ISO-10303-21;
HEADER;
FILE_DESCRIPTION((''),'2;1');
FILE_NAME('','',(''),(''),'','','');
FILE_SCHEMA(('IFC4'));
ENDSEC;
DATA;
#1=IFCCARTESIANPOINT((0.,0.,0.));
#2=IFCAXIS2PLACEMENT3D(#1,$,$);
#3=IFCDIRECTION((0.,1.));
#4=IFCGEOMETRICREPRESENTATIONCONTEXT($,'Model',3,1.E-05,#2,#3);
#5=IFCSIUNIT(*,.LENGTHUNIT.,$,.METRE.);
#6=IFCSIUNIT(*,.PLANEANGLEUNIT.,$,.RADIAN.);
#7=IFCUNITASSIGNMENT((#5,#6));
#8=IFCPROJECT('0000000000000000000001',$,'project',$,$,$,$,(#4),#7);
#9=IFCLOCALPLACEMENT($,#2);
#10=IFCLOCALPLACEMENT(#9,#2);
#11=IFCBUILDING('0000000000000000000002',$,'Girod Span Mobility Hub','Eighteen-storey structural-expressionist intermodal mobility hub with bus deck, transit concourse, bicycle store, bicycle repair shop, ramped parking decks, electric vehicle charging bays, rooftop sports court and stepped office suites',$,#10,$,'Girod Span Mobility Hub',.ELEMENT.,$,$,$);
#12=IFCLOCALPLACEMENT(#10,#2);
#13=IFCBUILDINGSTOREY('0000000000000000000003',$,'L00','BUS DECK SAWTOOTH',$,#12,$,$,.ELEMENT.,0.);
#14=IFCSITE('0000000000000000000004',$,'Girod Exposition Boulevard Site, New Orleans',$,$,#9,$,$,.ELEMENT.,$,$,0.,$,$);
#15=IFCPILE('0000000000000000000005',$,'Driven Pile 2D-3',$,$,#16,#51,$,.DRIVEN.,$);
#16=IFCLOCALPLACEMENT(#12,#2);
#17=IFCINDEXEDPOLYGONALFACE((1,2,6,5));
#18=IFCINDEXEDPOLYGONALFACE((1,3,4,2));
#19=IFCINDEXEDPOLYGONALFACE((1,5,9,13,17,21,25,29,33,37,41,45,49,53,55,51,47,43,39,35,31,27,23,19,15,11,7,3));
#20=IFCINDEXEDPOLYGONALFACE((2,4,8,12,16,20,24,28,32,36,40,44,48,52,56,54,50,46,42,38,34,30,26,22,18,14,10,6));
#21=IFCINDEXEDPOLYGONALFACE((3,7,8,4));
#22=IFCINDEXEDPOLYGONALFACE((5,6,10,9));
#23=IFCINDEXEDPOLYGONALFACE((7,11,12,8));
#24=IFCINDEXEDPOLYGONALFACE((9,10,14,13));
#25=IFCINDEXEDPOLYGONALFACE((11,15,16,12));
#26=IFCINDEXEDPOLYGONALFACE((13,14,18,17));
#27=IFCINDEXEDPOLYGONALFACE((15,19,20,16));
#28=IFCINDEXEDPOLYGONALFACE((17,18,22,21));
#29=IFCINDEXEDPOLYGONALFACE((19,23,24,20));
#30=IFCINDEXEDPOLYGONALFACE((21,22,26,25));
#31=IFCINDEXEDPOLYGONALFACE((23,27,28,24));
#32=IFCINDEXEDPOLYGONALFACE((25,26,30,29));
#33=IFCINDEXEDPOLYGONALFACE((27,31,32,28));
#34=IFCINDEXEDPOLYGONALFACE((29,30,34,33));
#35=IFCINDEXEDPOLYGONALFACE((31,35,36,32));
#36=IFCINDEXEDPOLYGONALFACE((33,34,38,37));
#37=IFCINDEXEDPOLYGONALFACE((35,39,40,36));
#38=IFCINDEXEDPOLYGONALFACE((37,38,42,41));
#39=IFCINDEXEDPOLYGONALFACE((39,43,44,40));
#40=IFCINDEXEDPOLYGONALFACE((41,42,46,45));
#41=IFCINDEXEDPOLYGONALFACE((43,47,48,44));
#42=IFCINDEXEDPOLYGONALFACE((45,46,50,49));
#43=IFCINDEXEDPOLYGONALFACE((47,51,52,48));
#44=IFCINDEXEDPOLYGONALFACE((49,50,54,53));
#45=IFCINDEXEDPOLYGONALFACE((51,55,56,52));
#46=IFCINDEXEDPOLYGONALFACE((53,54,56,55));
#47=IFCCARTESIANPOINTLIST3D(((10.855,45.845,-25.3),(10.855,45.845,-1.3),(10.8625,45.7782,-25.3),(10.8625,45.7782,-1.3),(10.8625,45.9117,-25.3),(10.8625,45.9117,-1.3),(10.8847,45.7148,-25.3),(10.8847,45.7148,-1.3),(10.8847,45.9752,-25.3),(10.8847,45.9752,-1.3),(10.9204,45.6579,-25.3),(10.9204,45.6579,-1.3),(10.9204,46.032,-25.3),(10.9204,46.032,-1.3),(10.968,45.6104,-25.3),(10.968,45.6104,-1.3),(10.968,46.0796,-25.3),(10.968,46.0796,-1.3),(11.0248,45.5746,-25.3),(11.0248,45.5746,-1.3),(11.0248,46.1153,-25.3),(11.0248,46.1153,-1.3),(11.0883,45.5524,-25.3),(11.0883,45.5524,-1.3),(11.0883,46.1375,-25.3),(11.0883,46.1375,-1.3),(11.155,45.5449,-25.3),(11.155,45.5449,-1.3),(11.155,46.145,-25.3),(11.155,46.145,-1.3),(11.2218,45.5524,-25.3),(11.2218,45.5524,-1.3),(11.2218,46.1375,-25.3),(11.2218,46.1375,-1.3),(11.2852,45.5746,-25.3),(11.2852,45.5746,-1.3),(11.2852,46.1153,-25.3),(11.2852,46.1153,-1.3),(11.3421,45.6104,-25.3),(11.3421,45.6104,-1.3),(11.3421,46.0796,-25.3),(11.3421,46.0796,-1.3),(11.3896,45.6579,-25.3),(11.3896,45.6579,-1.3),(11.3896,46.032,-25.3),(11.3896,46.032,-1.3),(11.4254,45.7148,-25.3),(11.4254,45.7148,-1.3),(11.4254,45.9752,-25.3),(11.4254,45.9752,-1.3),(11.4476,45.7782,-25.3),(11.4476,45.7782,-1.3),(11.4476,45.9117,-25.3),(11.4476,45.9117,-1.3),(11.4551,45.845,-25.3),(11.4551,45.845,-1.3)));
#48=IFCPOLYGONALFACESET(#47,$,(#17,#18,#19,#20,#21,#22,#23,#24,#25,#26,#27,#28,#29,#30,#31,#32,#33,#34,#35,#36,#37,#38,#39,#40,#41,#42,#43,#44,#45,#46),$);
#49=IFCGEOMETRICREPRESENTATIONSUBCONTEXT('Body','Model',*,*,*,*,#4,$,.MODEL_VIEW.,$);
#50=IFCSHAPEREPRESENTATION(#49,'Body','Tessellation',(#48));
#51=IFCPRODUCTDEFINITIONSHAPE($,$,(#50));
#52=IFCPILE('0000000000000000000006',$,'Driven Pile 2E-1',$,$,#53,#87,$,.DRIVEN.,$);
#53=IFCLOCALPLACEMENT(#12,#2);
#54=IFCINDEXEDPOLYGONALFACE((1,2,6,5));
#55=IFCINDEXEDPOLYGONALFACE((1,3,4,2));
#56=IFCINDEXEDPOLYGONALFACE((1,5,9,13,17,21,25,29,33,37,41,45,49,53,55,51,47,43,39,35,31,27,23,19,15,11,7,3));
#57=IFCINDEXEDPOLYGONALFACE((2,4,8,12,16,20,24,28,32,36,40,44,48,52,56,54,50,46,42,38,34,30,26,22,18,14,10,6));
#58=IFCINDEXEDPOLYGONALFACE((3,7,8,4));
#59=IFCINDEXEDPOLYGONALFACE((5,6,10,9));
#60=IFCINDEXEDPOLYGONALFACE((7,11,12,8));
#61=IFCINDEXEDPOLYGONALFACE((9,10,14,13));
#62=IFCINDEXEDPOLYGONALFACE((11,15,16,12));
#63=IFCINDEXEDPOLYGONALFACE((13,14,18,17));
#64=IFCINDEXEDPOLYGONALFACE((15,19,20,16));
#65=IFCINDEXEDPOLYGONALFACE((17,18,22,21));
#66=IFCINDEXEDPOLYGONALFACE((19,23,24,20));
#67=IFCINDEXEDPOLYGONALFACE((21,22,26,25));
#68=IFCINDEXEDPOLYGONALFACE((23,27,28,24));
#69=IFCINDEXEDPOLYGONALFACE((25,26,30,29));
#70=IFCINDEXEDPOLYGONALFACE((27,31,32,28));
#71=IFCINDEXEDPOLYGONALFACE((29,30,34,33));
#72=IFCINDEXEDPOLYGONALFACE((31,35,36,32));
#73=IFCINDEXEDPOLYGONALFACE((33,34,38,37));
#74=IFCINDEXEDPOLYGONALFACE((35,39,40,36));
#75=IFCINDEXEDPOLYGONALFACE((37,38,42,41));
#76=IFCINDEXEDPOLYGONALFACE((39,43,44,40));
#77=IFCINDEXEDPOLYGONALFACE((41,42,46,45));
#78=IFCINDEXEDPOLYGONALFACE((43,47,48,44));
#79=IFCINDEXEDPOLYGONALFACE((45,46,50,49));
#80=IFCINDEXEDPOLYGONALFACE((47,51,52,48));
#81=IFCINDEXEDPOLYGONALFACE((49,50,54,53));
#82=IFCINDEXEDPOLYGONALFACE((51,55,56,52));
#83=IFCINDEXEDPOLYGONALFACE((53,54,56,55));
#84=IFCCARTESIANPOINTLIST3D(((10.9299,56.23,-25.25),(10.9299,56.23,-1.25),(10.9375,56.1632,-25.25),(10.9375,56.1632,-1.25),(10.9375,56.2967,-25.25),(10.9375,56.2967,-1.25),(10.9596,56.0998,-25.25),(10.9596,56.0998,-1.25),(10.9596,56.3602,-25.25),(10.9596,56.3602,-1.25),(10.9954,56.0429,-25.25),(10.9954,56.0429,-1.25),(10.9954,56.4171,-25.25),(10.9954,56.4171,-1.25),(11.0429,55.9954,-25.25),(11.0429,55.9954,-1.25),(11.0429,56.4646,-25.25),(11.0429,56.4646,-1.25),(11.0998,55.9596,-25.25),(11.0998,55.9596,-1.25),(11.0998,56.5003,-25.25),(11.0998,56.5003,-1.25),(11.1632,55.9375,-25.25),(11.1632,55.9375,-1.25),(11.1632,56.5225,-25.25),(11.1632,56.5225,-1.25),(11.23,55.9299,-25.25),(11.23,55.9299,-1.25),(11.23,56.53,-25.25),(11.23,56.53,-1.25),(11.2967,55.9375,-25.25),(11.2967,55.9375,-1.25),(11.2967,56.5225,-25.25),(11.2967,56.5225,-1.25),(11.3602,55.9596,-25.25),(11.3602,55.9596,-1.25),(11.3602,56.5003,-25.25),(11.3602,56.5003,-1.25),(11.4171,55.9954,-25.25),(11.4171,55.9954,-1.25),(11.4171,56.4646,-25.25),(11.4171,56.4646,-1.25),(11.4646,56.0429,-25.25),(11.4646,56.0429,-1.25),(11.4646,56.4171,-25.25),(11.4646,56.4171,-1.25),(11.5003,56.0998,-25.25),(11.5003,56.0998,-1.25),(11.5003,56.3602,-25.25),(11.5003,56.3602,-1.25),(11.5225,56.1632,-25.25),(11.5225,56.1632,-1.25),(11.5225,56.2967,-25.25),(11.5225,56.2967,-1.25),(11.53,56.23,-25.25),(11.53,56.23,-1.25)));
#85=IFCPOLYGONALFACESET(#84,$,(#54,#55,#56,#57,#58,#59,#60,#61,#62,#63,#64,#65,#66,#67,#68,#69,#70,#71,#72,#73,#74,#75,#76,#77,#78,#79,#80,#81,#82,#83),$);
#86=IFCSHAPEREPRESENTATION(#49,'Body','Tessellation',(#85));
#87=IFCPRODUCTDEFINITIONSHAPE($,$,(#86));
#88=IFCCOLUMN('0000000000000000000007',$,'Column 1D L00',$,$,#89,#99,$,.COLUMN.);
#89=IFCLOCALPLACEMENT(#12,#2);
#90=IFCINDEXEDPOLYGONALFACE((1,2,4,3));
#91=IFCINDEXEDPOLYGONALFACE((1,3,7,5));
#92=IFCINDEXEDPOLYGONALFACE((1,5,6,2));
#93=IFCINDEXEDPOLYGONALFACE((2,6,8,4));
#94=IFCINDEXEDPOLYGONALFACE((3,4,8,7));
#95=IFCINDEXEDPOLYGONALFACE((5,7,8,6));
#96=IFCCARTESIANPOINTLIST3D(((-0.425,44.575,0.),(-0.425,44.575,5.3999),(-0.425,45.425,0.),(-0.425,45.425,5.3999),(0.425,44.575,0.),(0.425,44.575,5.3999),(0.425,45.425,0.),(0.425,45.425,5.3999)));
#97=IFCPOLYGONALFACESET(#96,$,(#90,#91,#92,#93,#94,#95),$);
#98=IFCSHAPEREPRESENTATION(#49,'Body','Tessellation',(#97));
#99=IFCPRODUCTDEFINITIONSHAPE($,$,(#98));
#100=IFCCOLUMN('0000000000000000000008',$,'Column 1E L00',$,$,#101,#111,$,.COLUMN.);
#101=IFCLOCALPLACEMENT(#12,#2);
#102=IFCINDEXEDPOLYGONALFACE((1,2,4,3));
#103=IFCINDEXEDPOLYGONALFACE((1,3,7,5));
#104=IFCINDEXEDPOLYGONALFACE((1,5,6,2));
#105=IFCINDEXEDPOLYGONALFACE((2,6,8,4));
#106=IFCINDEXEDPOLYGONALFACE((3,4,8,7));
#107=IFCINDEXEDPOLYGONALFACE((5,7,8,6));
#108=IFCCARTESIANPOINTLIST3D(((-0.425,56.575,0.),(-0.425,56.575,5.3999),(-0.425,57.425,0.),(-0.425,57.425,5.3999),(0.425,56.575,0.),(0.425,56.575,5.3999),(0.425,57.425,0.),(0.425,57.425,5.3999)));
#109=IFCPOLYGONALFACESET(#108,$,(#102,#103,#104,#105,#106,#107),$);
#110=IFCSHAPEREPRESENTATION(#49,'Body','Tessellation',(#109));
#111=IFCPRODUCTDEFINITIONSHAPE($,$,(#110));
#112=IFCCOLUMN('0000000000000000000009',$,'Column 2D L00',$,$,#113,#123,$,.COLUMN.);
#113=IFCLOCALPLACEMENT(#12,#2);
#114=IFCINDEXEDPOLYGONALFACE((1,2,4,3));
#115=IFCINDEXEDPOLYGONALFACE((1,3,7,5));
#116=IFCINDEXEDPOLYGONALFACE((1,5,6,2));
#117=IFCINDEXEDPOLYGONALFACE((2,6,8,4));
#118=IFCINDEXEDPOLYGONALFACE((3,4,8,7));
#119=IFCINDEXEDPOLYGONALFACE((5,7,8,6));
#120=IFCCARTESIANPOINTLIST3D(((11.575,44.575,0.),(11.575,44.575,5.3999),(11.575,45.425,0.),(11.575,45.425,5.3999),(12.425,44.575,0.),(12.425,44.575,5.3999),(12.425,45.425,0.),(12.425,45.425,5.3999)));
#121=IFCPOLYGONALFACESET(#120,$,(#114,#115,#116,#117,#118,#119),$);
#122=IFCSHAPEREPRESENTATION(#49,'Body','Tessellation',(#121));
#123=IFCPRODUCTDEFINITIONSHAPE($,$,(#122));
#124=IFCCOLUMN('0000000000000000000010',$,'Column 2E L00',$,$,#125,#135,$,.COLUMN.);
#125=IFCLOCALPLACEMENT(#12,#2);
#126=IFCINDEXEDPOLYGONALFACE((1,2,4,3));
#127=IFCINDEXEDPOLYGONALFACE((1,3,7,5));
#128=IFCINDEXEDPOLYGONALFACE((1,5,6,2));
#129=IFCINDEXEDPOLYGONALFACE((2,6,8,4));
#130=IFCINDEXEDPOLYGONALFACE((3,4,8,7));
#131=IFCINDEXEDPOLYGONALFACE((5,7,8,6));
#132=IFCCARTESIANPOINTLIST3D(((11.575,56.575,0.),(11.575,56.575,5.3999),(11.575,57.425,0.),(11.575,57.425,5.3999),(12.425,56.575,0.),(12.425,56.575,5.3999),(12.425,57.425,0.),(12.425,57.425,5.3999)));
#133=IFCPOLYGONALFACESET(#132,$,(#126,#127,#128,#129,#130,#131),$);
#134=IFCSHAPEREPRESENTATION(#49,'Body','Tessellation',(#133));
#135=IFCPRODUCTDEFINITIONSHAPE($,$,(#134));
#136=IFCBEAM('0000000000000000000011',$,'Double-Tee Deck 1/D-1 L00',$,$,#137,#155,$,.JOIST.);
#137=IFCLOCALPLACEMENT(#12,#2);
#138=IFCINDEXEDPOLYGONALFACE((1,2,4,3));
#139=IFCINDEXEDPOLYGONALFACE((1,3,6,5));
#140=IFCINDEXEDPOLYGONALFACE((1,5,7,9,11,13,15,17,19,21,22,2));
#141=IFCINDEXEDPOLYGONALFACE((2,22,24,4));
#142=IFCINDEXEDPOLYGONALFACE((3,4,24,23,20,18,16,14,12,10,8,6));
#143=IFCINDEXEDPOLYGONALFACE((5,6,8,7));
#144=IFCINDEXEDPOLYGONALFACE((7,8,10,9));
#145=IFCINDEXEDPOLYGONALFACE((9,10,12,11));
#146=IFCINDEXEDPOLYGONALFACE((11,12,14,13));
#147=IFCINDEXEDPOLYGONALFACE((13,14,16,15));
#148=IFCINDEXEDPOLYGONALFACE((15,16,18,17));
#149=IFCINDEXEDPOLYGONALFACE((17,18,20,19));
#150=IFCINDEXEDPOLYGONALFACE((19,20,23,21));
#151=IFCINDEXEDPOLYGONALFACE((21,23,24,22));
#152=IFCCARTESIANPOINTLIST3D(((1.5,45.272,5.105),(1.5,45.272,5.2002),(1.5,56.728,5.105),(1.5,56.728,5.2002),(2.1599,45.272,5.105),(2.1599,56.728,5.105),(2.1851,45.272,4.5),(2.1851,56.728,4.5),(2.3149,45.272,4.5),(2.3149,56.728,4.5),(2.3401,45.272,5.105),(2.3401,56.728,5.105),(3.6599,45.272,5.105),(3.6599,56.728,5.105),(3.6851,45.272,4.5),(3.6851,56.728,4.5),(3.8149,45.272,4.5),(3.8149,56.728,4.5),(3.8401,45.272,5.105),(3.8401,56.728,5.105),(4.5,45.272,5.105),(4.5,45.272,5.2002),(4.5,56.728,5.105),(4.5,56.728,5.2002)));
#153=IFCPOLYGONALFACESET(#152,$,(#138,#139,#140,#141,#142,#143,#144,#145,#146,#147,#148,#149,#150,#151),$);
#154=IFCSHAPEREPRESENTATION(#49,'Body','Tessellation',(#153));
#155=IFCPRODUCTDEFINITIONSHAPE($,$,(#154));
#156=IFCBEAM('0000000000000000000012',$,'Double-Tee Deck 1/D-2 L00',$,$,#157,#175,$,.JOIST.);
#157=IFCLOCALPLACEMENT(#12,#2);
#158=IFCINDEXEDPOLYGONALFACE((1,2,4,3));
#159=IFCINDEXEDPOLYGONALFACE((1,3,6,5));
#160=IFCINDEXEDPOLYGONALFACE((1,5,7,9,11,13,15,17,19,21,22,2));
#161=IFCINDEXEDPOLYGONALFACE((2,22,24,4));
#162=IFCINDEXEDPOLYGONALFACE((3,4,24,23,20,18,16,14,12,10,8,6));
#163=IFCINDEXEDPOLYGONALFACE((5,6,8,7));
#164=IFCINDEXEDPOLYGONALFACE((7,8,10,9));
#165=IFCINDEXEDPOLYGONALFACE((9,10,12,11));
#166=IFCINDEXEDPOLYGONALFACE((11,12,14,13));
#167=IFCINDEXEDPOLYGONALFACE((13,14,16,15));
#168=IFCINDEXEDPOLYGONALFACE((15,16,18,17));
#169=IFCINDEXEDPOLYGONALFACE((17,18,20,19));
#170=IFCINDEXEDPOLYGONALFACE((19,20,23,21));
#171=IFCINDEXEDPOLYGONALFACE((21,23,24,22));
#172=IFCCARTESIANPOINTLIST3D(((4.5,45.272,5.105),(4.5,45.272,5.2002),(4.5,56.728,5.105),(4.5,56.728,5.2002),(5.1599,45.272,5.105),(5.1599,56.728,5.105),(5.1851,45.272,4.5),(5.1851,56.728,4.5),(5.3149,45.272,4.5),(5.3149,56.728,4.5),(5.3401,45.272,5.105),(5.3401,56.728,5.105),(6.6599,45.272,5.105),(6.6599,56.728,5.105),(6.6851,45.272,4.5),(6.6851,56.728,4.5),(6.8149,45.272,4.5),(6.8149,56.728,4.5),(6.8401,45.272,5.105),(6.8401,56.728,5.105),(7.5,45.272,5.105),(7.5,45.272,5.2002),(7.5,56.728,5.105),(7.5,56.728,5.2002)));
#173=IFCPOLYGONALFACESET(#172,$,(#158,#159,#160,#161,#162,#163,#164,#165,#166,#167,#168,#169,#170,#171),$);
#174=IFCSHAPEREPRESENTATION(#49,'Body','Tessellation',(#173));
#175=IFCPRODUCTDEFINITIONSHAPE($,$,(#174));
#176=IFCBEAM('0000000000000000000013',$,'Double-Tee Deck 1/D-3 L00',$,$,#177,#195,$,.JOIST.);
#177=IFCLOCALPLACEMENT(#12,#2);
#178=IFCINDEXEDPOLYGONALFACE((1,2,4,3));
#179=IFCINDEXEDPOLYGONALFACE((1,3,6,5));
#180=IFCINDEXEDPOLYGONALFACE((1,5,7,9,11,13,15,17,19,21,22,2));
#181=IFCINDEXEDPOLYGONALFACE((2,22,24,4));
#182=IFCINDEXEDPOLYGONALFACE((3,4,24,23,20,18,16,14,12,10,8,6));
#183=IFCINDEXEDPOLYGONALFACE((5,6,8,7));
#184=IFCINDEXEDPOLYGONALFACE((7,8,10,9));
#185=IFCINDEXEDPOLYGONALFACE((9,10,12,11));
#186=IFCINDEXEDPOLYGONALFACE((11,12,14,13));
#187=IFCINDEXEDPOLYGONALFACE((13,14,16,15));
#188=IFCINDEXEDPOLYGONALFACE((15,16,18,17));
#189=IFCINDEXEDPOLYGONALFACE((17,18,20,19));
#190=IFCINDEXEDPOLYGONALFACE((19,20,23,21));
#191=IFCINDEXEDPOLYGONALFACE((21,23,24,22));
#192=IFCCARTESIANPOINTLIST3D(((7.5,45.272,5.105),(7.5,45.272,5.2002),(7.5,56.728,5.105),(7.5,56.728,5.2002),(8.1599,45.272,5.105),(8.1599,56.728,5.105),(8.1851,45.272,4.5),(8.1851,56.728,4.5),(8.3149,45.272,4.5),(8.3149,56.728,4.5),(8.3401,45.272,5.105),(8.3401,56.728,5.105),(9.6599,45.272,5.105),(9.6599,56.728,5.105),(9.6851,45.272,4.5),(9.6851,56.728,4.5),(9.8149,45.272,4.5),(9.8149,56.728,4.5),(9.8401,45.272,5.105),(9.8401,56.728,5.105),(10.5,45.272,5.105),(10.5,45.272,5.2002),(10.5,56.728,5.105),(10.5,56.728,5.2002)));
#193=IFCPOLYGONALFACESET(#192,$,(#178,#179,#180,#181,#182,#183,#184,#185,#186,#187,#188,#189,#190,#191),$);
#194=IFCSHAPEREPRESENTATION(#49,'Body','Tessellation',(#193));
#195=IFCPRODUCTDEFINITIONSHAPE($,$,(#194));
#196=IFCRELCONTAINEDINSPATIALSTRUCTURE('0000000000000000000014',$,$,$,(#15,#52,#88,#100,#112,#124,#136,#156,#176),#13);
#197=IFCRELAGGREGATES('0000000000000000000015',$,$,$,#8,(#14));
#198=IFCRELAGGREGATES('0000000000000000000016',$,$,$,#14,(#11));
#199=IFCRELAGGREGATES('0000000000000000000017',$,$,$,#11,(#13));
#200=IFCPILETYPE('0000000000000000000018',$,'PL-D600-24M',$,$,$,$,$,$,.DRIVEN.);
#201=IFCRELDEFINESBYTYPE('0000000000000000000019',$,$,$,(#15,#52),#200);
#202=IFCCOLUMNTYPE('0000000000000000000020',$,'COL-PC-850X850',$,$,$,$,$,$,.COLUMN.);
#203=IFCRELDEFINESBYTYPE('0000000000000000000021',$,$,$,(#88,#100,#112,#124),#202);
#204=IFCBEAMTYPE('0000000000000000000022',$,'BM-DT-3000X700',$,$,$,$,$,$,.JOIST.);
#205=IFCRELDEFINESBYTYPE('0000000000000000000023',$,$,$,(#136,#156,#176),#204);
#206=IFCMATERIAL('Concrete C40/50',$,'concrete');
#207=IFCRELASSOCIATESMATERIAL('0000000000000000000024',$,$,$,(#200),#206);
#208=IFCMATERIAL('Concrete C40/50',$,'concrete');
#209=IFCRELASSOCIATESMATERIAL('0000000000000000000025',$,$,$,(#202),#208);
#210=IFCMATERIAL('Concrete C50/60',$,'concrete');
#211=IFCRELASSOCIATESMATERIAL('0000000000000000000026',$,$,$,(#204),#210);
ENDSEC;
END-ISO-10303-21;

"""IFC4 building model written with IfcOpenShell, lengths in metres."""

from ifc_helpers import new_model, si_unit, direction, frame, origin, origin_2d, place, context, subcontext, project, spatial, polyline, rectangle, circle, outline, extrude, material, material_profile, profile_set, type_object, element, save


model = new_model("IFC4")

# Units and contexts
model_context = context("Model", 3, precision=1e-05, world=origin(), true_north=direction((0.0, 1.0)))
body_context = subcontext(model_context, "Body", "Model", "MODEL_VIEW")
ifc_project = project(units=[si_unit("LENGTHUNIT", "METRE"), si_unit("PLANEANGLEUNIT", "RADIAN")], contexts=[model_context])

# Site, building, storey
site_placement = place(None, origin())
site = spatial("IfcSite", under=ifc_project, at=site_placement, Name="Girod Exposition Boulevard Site, New Orleans", CompositionType="ELEMENT", RefElevation=0.0)
building_placement = place(site_placement, origin())
building = spatial("IfcBuilding", under=site, at=building_placement, Name="Girod Span Mobility Hub", Description="Eighteen-storey structural-expressionist intermodal mobility hub with bus deck, transit concourse, bicycle store, bicycle repair shop, ramped parking decks, electric vehicle charging bays, rooftop sports court and stepped office suites", LongName="Girod Span Mobility Hub", CompositionType="ELEMENT")
storey_placement = place(building_placement, origin())
storey = spatial("IfcBuildingStorey", under=building, at=storey_placement, Name="L00", Description="BUS DECK SAWTOOTH", CompositionType="ELEMENT", Elevation=0.0)

# Piles
ifc_material_1 = material(Name="Concrete C40/50", Category="concrete")
ifc_material_profile_1 = material_profile(ifc_material_1, circle(Radius=0.3, at=origin_2d()), Name="PILE-D600")
ifc_profile_set_1 = profile_set([ifc_material_profile_1], Name="Concrete C40/50")
pile_type_1 = type_object("IfcPileType", Name="PL-D600-24M", PredefinedType="DRIVEN", material=ifc_profile_set_1)
for number, where, z_axis, x_axis, name in (
    (1, (11.155, 45.845, -1.3), (0.0, 0.0, -1.0), (1.0, 0.0, 0.0), "Driven Pile 2D-3"),
    (2, (11.23, 56.23, -1.25), (0.0, 0.0, -1.0), (1.0, 0.0, 0.0), "Driven Pile 2E-1"),
):
    element("IfcPile", number, at=place(storey_placement, frame(where, z_axis=z_axis, x_axis=x_axis)), inside=storey, type_object=pile_type_1, Name=name, PredefinedType="DRIVEN", context=body_context, shape_type="SweptSolid", body=[
        extrude(circle(Radius=0.3, at=origin_2d()), origin(), (0.0, 0.0, 1.0), 24.0),
    ])

# Columns
ifc_material_2 = material(Name="Concrete C40/50", Category="concrete")
ifc_material_profile_2 = material_profile(ifc_material_2, rectangle(XDim=0.8501, YDim=0.8501, at=origin_2d()), Name="PC-COL-850X850")
ifc_profile_set_2 = profile_set([ifc_material_profile_2], Name="Concrete C40/50")
column_type = type_object("IfcColumnType", Name="COL-PC-850X850", PredefinedType="COLUMN", material=ifc_profile_set_2)
for number, where, z_axis, x_axis, name in (
    (3, (0.0, 45.0, 0.0), (0.0, 0.0, 1.0), (1.0, 0.0, 0.0), "Column 1D L00"),
    (4, (0.0, 57.0, 0.0), (0.0, 0.0, 1.0), (1.0, 0.0, 0.0), "Column 1E L00"),
    (5, (12.0, 45.0, 0.0), (0.0, 0.0, 1.0), (1.0, 0.0, 0.0), "Column 2D L00"),
    (6, (12.0, 57.0, 0.0), (0.0, 0.0, 1.0), (1.0, 0.0, 0.0), "Column 2E L00"),
):
    element("IfcColumn", number, at=place(storey_placement, frame(where, z_axis=z_axis, x_axis=x_axis)), inside=storey, type_object=column_type, Name=name, PredefinedType="COLUMN", context=body_context, shape_type="SweptSolid", body=[
        extrude(rectangle(XDim=0.8501, YDim=0.8501, at=origin_2d()), origin(), (0.0, 0.0, 1.0), 5.3999),
    ])

# Beams
ifc_material_3 = material(Name="Concrete C50/60", Category="concrete")
ifc_material_profile_3 = material_profile(ifc_material_3, outline(polyline([(-1.5, 0.3501), (-1.5, 0.2549), (-0.8401, 0.2549), (-0.8149, -0.3501), (-0.6851, -0.3501), (-0.6599, 0.2549), (0.6599, 0.2549), (0.6851, -0.3501), (0.8149, -0.3501), (0.8401, 0.2549), (1.5, 0.2549), (1.5, 0.3501), (-1.5, 0.3501)])), Name="DT-3000X700")
ifc_profile_set_3 = profile_set([ifc_material_profile_3], Name="Concrete C50/60")
beam_type_1 = type_object("IfcBeamType", Name="BM-DT-3000X700", PredefinedType="JOIST", material=ifc_profile_set_3)
for number, where, z_axis, x_axis, name in (
    (7, (3.0, 45.272, 4.8501), (0.0, 1.0, 0.0), (-1.0, 0.0, 0.0), "Double-Tee Deck 1/D-1 L00"),
    (8, (6.0, 45.272, 4.8501), (0.0, 1.0, 0.0), (-1.0, 0.0, 0.0), "Double-Tee Deck 1/D-2 L00"),
    (9, (9.0, 45.272, 4.8501), (0.0, 1.0, 0.0), (-1.0, 0.0, 0.0), "Double-Tee Deck 1/D-3 L00"),
):
    element("IfcBeam", number, at=place(storey_placement, frame(where, z_axis=z_axis, x_axis=x_axis)), inside=storey, type_object=beam_type_1, Name=name, PredefinedType="JOIST", context=body_context, shape_type="SweptSolid", body=[
        extrude(outline(polyline([(-1.5, 0.3501), (-1.5, 0.2549), (-0.8401, 0.2549), (-0.8149, -0.3501), (-0.6851, -0.3501), (-0.6599, 0.2549), (0.6599, 0.2549), (0.6851, -0.3501), (0.8149, -0.3501), (0.8401, 0.2549), (1.5, 0.2549), (1.5, 0.3501), (-1.5, 0.3501)])), origin(), (0.0, 0.0, 1.0), 11.4561),
    ])

save(model, "model.ifc")
